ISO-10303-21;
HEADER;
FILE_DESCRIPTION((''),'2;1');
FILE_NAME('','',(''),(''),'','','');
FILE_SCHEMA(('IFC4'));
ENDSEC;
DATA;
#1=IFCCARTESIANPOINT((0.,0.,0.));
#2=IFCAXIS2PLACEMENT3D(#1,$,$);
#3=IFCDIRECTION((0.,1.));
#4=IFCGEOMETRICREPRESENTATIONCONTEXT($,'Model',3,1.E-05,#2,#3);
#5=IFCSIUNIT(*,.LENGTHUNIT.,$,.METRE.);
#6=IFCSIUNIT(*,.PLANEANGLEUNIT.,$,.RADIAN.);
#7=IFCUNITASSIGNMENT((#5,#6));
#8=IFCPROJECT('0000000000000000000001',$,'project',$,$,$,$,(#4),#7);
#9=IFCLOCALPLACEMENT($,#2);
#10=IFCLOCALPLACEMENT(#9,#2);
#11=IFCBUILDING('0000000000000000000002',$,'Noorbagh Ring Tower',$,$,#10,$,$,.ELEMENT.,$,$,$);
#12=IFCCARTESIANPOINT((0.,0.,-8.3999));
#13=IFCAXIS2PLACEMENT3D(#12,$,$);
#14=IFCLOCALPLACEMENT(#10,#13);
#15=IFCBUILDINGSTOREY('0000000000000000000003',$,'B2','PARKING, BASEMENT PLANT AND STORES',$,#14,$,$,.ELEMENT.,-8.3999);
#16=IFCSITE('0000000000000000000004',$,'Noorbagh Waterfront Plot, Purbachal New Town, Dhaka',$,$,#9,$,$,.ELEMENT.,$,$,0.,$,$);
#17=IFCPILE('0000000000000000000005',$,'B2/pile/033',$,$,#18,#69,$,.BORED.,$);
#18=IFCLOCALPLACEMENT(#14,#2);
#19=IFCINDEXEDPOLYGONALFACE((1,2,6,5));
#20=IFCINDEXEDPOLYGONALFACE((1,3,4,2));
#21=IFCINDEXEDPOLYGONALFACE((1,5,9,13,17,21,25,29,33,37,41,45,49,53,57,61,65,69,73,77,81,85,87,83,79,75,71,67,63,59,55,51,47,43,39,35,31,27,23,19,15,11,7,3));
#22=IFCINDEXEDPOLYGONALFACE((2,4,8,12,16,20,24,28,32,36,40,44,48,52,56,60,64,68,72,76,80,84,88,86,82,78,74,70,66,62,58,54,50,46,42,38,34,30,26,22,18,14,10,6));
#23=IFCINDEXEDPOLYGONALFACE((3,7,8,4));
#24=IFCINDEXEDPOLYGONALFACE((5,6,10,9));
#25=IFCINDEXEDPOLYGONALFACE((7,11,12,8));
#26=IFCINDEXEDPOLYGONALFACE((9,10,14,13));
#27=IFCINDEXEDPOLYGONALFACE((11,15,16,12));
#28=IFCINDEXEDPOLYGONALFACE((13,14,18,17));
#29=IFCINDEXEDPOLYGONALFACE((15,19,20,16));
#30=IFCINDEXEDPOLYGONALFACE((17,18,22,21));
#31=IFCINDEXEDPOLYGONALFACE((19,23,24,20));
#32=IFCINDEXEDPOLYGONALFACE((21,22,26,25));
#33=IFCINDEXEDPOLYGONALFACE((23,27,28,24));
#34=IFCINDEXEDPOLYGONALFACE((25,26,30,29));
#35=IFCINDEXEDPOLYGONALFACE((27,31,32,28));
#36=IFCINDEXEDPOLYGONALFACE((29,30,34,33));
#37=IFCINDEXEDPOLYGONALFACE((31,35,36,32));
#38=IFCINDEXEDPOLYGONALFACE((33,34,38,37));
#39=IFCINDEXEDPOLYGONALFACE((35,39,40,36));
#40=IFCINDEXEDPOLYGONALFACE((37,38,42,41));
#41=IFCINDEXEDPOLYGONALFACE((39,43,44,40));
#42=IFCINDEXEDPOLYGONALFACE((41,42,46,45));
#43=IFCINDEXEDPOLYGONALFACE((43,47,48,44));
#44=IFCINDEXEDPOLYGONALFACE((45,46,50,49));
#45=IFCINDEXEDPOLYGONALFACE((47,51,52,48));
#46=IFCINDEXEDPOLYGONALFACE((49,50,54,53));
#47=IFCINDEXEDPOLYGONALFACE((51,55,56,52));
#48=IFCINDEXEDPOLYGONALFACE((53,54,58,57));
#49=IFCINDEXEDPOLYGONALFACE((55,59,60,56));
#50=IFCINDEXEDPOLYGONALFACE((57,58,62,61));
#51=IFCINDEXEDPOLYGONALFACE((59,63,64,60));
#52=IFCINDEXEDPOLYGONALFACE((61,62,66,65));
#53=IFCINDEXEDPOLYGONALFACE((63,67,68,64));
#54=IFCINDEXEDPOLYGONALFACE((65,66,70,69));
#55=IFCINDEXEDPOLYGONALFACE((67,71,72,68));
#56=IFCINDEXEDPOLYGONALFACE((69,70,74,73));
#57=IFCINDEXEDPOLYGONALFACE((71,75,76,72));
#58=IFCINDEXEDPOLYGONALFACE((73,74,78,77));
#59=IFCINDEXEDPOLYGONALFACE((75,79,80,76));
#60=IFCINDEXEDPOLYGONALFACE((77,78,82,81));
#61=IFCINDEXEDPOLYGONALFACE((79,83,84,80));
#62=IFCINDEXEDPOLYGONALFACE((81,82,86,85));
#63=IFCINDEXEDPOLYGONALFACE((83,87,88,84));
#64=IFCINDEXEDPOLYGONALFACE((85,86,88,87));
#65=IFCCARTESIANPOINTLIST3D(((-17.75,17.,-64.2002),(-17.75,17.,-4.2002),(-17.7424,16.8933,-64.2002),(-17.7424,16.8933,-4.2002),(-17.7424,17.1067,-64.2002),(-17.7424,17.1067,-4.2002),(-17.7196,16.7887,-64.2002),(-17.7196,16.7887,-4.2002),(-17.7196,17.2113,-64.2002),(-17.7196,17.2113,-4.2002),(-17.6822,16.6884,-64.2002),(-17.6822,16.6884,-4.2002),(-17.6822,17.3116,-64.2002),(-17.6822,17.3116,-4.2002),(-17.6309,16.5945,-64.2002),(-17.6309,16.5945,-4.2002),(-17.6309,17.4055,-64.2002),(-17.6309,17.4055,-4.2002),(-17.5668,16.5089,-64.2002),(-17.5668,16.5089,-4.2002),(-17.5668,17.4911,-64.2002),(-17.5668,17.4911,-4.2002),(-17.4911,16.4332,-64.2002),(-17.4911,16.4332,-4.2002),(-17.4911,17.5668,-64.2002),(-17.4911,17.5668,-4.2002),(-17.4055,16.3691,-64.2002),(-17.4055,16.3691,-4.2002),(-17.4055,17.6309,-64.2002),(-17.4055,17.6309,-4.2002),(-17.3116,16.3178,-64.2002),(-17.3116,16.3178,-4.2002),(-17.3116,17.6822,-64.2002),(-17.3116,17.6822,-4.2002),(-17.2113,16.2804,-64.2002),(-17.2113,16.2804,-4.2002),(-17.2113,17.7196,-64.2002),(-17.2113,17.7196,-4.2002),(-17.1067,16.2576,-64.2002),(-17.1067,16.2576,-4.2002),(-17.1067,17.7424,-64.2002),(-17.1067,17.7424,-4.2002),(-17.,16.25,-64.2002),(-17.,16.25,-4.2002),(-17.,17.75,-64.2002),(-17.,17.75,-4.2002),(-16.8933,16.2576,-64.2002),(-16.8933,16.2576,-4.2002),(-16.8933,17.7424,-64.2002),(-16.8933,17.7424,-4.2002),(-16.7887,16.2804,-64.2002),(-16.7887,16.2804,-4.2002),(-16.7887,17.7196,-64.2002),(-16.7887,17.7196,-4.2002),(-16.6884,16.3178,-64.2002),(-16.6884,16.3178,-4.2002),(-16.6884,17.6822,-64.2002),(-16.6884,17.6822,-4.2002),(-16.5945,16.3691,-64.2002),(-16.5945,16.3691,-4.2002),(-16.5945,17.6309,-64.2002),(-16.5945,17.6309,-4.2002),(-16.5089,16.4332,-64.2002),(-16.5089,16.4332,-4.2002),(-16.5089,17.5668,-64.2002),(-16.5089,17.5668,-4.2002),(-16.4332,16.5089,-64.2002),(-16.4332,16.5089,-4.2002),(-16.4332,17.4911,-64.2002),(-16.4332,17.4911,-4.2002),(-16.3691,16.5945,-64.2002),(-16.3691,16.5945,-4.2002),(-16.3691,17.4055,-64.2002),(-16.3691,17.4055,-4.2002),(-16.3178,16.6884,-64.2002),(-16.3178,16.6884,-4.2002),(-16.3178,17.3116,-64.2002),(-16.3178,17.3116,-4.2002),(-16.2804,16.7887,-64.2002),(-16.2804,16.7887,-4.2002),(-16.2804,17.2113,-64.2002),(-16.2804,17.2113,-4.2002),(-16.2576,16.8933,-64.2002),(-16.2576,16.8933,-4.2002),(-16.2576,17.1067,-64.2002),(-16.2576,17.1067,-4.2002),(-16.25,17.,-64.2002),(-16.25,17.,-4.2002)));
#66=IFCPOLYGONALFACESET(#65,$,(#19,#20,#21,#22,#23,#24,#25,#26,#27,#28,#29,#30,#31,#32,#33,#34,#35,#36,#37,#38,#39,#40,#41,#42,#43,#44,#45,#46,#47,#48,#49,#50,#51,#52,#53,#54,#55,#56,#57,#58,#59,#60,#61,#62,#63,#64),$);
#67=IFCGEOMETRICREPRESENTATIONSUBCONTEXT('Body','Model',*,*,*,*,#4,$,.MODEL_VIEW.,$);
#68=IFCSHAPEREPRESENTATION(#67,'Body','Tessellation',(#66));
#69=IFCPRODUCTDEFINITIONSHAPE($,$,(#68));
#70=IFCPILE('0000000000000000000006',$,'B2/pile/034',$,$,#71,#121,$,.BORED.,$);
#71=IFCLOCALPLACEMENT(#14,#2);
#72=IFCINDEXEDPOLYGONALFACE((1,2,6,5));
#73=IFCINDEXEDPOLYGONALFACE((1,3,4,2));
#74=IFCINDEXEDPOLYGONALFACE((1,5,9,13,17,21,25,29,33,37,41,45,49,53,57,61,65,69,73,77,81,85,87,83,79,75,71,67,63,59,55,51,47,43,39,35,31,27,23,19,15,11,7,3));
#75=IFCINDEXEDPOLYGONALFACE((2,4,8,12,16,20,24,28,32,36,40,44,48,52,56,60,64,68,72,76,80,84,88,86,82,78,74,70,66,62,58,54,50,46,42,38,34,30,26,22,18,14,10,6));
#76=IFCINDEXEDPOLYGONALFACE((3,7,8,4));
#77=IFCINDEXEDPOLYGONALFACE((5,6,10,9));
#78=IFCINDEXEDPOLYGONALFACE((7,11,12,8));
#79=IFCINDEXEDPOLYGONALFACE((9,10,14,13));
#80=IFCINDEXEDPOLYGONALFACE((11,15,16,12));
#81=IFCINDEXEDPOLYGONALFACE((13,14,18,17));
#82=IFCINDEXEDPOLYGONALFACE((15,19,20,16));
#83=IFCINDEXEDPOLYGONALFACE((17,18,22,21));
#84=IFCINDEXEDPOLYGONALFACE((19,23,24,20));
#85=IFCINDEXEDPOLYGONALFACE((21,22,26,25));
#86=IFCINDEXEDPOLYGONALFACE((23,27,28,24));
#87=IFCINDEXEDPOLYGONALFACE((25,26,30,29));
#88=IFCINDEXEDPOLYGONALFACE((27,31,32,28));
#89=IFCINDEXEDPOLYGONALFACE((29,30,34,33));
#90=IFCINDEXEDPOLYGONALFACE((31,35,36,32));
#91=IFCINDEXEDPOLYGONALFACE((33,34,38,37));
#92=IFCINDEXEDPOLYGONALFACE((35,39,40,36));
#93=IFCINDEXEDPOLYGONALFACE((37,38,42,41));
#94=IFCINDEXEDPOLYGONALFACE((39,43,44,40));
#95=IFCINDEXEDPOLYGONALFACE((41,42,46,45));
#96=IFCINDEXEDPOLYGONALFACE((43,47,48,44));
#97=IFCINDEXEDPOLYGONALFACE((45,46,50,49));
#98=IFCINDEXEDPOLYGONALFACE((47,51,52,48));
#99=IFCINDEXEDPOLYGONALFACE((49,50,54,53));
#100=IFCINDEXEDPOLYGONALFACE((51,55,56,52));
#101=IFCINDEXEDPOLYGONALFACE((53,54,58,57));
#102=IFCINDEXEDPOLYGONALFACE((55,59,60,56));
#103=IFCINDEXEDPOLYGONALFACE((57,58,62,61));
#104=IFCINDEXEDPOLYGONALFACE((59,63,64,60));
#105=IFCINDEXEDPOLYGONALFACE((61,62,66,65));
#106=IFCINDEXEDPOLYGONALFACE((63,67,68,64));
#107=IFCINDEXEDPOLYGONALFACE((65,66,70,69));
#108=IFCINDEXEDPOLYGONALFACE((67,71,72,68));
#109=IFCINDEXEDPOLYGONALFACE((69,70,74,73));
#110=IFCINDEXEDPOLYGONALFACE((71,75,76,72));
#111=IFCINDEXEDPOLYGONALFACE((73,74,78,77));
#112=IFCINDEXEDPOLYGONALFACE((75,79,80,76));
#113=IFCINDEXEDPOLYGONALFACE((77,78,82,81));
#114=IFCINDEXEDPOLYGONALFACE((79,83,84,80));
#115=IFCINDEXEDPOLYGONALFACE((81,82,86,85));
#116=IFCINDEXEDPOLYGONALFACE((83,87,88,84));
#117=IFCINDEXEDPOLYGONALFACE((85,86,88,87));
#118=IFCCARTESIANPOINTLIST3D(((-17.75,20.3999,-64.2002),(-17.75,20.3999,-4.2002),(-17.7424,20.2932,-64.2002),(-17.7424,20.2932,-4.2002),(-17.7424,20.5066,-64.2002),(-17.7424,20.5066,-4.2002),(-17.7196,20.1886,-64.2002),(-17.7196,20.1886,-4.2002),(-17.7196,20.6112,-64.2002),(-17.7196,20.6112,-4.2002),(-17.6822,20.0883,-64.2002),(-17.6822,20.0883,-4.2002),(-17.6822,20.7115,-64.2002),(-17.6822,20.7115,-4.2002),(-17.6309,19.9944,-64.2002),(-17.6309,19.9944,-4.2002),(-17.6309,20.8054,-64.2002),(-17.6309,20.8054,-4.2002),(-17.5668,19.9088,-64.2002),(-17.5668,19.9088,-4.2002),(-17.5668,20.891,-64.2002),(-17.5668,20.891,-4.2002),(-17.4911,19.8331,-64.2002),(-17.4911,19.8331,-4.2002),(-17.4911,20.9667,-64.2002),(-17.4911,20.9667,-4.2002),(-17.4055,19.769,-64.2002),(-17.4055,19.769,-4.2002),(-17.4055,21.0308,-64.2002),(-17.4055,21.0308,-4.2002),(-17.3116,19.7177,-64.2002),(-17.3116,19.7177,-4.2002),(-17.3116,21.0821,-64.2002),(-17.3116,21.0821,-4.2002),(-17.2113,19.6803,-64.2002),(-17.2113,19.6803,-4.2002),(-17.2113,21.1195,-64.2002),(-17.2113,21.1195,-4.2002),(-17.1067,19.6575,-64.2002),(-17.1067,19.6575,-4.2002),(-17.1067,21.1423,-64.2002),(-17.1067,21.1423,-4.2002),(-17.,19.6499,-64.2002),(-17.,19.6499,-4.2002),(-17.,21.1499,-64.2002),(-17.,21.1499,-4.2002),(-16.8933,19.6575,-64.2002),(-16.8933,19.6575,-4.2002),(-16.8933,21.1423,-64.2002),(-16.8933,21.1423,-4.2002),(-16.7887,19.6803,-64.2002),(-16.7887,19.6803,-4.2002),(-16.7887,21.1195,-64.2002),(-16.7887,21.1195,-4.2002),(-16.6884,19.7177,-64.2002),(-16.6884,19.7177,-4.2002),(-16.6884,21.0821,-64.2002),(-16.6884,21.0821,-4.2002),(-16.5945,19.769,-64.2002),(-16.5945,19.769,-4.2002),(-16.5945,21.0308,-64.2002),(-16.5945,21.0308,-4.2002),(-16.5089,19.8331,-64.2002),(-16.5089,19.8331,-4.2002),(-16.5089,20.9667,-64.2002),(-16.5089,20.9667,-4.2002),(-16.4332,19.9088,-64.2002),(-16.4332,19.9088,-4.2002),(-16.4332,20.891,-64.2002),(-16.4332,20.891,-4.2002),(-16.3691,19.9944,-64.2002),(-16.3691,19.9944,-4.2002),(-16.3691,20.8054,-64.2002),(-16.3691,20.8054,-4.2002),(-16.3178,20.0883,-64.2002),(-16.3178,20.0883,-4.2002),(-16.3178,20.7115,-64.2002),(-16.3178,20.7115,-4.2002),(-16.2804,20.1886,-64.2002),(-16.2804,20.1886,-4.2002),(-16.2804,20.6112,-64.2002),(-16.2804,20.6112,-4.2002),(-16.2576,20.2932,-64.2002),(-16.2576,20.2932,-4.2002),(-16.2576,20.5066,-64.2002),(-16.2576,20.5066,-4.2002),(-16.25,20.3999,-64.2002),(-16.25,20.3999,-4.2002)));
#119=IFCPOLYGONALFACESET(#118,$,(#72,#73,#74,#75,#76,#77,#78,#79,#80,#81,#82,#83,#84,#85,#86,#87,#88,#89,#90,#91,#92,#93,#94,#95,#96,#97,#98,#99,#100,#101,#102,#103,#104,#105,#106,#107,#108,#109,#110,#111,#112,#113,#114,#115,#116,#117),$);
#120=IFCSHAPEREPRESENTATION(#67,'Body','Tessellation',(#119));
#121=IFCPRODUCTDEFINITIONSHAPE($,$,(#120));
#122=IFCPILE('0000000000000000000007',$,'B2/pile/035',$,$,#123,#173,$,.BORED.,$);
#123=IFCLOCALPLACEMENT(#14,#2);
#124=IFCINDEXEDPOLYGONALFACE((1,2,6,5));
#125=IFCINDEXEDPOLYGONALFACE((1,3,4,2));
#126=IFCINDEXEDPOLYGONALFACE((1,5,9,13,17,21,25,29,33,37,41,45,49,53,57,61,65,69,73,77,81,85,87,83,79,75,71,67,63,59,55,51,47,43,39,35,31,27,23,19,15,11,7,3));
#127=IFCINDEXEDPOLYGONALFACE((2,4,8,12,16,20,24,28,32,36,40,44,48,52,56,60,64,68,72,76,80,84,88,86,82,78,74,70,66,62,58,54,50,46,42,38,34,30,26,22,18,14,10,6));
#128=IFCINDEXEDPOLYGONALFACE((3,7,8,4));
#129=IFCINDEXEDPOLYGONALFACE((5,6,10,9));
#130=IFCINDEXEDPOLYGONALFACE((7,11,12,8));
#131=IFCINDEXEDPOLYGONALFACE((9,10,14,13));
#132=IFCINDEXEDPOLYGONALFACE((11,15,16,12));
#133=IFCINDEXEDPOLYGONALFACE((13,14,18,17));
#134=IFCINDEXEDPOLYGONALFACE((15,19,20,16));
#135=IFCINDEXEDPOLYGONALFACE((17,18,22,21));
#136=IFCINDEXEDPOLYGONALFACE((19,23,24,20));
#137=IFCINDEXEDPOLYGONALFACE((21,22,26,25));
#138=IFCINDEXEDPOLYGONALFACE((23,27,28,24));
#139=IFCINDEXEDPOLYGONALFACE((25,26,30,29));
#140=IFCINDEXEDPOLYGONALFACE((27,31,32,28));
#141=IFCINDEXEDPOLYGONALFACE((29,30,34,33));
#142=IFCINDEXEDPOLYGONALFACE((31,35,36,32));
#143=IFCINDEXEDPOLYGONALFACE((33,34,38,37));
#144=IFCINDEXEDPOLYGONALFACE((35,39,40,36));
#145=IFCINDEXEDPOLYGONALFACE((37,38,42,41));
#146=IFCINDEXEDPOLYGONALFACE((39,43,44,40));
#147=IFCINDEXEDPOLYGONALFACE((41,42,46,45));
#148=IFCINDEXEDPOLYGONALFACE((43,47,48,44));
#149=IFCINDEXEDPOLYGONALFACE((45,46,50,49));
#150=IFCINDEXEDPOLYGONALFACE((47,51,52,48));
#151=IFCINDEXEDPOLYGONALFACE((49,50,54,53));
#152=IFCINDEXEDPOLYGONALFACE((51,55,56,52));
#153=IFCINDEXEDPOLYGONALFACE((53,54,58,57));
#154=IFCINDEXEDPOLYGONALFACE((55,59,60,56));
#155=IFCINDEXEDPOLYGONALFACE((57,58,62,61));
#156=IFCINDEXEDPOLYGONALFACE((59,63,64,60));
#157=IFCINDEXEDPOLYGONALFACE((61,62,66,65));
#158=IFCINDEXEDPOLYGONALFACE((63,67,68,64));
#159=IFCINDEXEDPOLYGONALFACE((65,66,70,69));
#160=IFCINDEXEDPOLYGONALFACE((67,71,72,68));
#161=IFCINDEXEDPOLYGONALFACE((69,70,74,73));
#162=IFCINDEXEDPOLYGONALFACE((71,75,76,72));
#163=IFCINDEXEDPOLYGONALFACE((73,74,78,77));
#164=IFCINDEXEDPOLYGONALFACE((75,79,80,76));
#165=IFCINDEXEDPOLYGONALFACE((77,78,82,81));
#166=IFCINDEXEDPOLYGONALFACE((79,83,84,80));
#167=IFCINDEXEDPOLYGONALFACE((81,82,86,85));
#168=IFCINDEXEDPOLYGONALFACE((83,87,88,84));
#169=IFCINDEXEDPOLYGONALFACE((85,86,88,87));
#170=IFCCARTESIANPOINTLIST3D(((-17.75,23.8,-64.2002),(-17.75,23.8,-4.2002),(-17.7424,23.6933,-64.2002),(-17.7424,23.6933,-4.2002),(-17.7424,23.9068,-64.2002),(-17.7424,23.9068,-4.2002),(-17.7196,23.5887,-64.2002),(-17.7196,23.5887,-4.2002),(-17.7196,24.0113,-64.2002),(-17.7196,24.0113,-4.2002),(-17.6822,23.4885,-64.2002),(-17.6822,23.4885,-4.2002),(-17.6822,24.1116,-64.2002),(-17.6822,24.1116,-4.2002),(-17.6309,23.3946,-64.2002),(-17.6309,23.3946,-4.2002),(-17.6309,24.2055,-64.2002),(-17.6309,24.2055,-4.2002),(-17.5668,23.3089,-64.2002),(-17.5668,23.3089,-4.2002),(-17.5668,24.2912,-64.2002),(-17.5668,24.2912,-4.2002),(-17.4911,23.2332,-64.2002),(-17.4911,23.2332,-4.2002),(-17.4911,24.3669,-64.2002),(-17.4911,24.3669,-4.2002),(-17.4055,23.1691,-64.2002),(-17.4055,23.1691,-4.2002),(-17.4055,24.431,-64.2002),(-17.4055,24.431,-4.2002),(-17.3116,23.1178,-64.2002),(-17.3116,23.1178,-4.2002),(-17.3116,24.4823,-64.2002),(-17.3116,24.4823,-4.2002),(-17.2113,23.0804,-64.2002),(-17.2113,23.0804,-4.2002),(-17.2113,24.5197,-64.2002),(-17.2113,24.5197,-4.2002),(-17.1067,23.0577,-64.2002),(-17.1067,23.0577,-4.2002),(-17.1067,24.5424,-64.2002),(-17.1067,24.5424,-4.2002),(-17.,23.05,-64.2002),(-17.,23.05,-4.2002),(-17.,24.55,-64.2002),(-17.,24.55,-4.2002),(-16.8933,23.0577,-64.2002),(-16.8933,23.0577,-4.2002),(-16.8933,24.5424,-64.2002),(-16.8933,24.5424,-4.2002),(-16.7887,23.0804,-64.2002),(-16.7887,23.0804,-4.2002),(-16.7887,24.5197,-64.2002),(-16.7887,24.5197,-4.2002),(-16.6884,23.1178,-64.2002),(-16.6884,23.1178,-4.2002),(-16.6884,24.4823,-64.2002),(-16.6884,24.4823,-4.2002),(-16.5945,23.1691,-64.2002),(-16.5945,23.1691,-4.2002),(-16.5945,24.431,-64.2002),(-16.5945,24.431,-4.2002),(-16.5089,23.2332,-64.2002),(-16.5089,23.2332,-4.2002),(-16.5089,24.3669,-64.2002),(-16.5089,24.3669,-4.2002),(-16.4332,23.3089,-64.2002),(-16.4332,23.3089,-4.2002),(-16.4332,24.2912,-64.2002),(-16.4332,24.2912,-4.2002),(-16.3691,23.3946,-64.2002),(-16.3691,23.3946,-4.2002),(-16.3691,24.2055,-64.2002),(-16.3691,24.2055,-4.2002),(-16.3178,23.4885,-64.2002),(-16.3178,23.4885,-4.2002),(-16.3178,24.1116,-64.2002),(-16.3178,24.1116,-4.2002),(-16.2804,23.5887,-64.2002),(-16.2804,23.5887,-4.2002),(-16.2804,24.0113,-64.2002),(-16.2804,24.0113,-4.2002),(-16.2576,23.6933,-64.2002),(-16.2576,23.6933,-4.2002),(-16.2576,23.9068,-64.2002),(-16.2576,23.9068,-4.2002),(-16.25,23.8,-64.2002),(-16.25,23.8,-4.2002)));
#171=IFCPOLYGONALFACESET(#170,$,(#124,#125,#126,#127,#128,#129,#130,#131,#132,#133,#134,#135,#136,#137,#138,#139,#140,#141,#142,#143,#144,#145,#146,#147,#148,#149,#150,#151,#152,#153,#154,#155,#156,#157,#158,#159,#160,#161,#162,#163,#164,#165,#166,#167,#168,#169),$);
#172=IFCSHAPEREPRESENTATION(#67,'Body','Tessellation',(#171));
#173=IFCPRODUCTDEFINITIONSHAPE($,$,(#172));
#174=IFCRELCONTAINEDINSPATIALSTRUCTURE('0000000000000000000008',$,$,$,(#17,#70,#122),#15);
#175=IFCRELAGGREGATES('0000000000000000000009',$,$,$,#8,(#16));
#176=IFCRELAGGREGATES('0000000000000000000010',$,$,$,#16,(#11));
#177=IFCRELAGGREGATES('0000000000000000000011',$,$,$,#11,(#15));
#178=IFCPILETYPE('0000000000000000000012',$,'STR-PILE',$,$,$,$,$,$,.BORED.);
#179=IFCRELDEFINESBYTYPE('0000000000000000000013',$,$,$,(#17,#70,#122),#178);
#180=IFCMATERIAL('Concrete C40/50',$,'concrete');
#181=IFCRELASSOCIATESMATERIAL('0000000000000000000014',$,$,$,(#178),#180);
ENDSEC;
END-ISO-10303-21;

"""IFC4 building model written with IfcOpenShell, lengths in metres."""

from ifc_helpers import new_model, si_unit, direction, frame, origin, origin_2d, place, context, subcontext, project, spatial, circle, extrude, material, material_profile, profile_set, type_object, element, save


model = new_model("IFC4")

# Units and contexts
model_context = context("Model", 3, precision=1e-05, world=origin(), true_north=direction((0.0, 1.0)))
body_context = subcontext(model_context, "Body", "Model", "MODEL_VIEW")
ifc_project = project(units=[si_unit("LENGTHUNIT", "METRE"), si_unit("PLANEANGLEUNIT", "RADIAN")], contexts=[model_context])

# Site, building, storey
site_placement = place(None, origin())
site = spatial("IfcSite", under=ifc_project, at=site_placement, Name="Noorbagh Waterfront Plot, Purbachal New Town, Dhaka", CompositionType="ELEMENT", RefElevation=0.0)
building_placement = place(site_placement, origin())
building = spatial("IfcBuilding", under=site, at=building_placement, Name="Noorbagh Ring Tower", CompositionType="ELEMENT")
storey_placement = place(building_placement, frame((0.0, 0.0, -8.3999)))
storey = spatial("IfcBuildingStorey", under=building, at=storey_placement, Name="B2", Description="PARKING, BASEMENT PLANT AND STORES", CompositionType="ELEMENT", Elevation=-8.3999)

# Piles
ifc_material_1 = material(Name="Concrete C40/50", Category="concrete")
ifc_material_profile_1 = material_profile(ifc_material_1, circle(Radius=0.75, at=origin_2d()), Name="PILE1500")
ifc_profile_set_1 = profile_set([ifc_material_profile_1], Name="Concrete C40/50")
pile_type = type_object("IfcPileType", Name="STR-PILE", PredefinedType="BORED", material=ifc_profile_set_1)
for number, where, z_axis, x_axis, name in (
    (1, (-17.0, 17.0, -4.2002), (0.0, 0.0, -1.0), (1.0, 0.0, 0.0), "B2/pile/033"),
    (2, (-17.0, 20.3999, -4.2002), (0.0, 0.0, -1.0), (1.0, 0.0, 0.0), "B2/pile/034"),
    (3, (-17.0, 23.8, -4.2002), (0.0, 0.0, -1.0), (1.0, 0.0, 0.0), "B2/pile/035"),
):
    element("IfcPile", number, at=place(storey_placement, frame(where, z_axis=z_axis, x_axis=x_axis)), inside=storey, type_object=pile_type, Name=name, PredefinedType="BORED", context=body_context, shape_type="SweptSolid", body=[
        extrude(circle(Radius=0.75, at=origin_2d()), origin(), (0.0, 0.0, 1.0), 60.0),
    ])

save(model, "model.ifc")
